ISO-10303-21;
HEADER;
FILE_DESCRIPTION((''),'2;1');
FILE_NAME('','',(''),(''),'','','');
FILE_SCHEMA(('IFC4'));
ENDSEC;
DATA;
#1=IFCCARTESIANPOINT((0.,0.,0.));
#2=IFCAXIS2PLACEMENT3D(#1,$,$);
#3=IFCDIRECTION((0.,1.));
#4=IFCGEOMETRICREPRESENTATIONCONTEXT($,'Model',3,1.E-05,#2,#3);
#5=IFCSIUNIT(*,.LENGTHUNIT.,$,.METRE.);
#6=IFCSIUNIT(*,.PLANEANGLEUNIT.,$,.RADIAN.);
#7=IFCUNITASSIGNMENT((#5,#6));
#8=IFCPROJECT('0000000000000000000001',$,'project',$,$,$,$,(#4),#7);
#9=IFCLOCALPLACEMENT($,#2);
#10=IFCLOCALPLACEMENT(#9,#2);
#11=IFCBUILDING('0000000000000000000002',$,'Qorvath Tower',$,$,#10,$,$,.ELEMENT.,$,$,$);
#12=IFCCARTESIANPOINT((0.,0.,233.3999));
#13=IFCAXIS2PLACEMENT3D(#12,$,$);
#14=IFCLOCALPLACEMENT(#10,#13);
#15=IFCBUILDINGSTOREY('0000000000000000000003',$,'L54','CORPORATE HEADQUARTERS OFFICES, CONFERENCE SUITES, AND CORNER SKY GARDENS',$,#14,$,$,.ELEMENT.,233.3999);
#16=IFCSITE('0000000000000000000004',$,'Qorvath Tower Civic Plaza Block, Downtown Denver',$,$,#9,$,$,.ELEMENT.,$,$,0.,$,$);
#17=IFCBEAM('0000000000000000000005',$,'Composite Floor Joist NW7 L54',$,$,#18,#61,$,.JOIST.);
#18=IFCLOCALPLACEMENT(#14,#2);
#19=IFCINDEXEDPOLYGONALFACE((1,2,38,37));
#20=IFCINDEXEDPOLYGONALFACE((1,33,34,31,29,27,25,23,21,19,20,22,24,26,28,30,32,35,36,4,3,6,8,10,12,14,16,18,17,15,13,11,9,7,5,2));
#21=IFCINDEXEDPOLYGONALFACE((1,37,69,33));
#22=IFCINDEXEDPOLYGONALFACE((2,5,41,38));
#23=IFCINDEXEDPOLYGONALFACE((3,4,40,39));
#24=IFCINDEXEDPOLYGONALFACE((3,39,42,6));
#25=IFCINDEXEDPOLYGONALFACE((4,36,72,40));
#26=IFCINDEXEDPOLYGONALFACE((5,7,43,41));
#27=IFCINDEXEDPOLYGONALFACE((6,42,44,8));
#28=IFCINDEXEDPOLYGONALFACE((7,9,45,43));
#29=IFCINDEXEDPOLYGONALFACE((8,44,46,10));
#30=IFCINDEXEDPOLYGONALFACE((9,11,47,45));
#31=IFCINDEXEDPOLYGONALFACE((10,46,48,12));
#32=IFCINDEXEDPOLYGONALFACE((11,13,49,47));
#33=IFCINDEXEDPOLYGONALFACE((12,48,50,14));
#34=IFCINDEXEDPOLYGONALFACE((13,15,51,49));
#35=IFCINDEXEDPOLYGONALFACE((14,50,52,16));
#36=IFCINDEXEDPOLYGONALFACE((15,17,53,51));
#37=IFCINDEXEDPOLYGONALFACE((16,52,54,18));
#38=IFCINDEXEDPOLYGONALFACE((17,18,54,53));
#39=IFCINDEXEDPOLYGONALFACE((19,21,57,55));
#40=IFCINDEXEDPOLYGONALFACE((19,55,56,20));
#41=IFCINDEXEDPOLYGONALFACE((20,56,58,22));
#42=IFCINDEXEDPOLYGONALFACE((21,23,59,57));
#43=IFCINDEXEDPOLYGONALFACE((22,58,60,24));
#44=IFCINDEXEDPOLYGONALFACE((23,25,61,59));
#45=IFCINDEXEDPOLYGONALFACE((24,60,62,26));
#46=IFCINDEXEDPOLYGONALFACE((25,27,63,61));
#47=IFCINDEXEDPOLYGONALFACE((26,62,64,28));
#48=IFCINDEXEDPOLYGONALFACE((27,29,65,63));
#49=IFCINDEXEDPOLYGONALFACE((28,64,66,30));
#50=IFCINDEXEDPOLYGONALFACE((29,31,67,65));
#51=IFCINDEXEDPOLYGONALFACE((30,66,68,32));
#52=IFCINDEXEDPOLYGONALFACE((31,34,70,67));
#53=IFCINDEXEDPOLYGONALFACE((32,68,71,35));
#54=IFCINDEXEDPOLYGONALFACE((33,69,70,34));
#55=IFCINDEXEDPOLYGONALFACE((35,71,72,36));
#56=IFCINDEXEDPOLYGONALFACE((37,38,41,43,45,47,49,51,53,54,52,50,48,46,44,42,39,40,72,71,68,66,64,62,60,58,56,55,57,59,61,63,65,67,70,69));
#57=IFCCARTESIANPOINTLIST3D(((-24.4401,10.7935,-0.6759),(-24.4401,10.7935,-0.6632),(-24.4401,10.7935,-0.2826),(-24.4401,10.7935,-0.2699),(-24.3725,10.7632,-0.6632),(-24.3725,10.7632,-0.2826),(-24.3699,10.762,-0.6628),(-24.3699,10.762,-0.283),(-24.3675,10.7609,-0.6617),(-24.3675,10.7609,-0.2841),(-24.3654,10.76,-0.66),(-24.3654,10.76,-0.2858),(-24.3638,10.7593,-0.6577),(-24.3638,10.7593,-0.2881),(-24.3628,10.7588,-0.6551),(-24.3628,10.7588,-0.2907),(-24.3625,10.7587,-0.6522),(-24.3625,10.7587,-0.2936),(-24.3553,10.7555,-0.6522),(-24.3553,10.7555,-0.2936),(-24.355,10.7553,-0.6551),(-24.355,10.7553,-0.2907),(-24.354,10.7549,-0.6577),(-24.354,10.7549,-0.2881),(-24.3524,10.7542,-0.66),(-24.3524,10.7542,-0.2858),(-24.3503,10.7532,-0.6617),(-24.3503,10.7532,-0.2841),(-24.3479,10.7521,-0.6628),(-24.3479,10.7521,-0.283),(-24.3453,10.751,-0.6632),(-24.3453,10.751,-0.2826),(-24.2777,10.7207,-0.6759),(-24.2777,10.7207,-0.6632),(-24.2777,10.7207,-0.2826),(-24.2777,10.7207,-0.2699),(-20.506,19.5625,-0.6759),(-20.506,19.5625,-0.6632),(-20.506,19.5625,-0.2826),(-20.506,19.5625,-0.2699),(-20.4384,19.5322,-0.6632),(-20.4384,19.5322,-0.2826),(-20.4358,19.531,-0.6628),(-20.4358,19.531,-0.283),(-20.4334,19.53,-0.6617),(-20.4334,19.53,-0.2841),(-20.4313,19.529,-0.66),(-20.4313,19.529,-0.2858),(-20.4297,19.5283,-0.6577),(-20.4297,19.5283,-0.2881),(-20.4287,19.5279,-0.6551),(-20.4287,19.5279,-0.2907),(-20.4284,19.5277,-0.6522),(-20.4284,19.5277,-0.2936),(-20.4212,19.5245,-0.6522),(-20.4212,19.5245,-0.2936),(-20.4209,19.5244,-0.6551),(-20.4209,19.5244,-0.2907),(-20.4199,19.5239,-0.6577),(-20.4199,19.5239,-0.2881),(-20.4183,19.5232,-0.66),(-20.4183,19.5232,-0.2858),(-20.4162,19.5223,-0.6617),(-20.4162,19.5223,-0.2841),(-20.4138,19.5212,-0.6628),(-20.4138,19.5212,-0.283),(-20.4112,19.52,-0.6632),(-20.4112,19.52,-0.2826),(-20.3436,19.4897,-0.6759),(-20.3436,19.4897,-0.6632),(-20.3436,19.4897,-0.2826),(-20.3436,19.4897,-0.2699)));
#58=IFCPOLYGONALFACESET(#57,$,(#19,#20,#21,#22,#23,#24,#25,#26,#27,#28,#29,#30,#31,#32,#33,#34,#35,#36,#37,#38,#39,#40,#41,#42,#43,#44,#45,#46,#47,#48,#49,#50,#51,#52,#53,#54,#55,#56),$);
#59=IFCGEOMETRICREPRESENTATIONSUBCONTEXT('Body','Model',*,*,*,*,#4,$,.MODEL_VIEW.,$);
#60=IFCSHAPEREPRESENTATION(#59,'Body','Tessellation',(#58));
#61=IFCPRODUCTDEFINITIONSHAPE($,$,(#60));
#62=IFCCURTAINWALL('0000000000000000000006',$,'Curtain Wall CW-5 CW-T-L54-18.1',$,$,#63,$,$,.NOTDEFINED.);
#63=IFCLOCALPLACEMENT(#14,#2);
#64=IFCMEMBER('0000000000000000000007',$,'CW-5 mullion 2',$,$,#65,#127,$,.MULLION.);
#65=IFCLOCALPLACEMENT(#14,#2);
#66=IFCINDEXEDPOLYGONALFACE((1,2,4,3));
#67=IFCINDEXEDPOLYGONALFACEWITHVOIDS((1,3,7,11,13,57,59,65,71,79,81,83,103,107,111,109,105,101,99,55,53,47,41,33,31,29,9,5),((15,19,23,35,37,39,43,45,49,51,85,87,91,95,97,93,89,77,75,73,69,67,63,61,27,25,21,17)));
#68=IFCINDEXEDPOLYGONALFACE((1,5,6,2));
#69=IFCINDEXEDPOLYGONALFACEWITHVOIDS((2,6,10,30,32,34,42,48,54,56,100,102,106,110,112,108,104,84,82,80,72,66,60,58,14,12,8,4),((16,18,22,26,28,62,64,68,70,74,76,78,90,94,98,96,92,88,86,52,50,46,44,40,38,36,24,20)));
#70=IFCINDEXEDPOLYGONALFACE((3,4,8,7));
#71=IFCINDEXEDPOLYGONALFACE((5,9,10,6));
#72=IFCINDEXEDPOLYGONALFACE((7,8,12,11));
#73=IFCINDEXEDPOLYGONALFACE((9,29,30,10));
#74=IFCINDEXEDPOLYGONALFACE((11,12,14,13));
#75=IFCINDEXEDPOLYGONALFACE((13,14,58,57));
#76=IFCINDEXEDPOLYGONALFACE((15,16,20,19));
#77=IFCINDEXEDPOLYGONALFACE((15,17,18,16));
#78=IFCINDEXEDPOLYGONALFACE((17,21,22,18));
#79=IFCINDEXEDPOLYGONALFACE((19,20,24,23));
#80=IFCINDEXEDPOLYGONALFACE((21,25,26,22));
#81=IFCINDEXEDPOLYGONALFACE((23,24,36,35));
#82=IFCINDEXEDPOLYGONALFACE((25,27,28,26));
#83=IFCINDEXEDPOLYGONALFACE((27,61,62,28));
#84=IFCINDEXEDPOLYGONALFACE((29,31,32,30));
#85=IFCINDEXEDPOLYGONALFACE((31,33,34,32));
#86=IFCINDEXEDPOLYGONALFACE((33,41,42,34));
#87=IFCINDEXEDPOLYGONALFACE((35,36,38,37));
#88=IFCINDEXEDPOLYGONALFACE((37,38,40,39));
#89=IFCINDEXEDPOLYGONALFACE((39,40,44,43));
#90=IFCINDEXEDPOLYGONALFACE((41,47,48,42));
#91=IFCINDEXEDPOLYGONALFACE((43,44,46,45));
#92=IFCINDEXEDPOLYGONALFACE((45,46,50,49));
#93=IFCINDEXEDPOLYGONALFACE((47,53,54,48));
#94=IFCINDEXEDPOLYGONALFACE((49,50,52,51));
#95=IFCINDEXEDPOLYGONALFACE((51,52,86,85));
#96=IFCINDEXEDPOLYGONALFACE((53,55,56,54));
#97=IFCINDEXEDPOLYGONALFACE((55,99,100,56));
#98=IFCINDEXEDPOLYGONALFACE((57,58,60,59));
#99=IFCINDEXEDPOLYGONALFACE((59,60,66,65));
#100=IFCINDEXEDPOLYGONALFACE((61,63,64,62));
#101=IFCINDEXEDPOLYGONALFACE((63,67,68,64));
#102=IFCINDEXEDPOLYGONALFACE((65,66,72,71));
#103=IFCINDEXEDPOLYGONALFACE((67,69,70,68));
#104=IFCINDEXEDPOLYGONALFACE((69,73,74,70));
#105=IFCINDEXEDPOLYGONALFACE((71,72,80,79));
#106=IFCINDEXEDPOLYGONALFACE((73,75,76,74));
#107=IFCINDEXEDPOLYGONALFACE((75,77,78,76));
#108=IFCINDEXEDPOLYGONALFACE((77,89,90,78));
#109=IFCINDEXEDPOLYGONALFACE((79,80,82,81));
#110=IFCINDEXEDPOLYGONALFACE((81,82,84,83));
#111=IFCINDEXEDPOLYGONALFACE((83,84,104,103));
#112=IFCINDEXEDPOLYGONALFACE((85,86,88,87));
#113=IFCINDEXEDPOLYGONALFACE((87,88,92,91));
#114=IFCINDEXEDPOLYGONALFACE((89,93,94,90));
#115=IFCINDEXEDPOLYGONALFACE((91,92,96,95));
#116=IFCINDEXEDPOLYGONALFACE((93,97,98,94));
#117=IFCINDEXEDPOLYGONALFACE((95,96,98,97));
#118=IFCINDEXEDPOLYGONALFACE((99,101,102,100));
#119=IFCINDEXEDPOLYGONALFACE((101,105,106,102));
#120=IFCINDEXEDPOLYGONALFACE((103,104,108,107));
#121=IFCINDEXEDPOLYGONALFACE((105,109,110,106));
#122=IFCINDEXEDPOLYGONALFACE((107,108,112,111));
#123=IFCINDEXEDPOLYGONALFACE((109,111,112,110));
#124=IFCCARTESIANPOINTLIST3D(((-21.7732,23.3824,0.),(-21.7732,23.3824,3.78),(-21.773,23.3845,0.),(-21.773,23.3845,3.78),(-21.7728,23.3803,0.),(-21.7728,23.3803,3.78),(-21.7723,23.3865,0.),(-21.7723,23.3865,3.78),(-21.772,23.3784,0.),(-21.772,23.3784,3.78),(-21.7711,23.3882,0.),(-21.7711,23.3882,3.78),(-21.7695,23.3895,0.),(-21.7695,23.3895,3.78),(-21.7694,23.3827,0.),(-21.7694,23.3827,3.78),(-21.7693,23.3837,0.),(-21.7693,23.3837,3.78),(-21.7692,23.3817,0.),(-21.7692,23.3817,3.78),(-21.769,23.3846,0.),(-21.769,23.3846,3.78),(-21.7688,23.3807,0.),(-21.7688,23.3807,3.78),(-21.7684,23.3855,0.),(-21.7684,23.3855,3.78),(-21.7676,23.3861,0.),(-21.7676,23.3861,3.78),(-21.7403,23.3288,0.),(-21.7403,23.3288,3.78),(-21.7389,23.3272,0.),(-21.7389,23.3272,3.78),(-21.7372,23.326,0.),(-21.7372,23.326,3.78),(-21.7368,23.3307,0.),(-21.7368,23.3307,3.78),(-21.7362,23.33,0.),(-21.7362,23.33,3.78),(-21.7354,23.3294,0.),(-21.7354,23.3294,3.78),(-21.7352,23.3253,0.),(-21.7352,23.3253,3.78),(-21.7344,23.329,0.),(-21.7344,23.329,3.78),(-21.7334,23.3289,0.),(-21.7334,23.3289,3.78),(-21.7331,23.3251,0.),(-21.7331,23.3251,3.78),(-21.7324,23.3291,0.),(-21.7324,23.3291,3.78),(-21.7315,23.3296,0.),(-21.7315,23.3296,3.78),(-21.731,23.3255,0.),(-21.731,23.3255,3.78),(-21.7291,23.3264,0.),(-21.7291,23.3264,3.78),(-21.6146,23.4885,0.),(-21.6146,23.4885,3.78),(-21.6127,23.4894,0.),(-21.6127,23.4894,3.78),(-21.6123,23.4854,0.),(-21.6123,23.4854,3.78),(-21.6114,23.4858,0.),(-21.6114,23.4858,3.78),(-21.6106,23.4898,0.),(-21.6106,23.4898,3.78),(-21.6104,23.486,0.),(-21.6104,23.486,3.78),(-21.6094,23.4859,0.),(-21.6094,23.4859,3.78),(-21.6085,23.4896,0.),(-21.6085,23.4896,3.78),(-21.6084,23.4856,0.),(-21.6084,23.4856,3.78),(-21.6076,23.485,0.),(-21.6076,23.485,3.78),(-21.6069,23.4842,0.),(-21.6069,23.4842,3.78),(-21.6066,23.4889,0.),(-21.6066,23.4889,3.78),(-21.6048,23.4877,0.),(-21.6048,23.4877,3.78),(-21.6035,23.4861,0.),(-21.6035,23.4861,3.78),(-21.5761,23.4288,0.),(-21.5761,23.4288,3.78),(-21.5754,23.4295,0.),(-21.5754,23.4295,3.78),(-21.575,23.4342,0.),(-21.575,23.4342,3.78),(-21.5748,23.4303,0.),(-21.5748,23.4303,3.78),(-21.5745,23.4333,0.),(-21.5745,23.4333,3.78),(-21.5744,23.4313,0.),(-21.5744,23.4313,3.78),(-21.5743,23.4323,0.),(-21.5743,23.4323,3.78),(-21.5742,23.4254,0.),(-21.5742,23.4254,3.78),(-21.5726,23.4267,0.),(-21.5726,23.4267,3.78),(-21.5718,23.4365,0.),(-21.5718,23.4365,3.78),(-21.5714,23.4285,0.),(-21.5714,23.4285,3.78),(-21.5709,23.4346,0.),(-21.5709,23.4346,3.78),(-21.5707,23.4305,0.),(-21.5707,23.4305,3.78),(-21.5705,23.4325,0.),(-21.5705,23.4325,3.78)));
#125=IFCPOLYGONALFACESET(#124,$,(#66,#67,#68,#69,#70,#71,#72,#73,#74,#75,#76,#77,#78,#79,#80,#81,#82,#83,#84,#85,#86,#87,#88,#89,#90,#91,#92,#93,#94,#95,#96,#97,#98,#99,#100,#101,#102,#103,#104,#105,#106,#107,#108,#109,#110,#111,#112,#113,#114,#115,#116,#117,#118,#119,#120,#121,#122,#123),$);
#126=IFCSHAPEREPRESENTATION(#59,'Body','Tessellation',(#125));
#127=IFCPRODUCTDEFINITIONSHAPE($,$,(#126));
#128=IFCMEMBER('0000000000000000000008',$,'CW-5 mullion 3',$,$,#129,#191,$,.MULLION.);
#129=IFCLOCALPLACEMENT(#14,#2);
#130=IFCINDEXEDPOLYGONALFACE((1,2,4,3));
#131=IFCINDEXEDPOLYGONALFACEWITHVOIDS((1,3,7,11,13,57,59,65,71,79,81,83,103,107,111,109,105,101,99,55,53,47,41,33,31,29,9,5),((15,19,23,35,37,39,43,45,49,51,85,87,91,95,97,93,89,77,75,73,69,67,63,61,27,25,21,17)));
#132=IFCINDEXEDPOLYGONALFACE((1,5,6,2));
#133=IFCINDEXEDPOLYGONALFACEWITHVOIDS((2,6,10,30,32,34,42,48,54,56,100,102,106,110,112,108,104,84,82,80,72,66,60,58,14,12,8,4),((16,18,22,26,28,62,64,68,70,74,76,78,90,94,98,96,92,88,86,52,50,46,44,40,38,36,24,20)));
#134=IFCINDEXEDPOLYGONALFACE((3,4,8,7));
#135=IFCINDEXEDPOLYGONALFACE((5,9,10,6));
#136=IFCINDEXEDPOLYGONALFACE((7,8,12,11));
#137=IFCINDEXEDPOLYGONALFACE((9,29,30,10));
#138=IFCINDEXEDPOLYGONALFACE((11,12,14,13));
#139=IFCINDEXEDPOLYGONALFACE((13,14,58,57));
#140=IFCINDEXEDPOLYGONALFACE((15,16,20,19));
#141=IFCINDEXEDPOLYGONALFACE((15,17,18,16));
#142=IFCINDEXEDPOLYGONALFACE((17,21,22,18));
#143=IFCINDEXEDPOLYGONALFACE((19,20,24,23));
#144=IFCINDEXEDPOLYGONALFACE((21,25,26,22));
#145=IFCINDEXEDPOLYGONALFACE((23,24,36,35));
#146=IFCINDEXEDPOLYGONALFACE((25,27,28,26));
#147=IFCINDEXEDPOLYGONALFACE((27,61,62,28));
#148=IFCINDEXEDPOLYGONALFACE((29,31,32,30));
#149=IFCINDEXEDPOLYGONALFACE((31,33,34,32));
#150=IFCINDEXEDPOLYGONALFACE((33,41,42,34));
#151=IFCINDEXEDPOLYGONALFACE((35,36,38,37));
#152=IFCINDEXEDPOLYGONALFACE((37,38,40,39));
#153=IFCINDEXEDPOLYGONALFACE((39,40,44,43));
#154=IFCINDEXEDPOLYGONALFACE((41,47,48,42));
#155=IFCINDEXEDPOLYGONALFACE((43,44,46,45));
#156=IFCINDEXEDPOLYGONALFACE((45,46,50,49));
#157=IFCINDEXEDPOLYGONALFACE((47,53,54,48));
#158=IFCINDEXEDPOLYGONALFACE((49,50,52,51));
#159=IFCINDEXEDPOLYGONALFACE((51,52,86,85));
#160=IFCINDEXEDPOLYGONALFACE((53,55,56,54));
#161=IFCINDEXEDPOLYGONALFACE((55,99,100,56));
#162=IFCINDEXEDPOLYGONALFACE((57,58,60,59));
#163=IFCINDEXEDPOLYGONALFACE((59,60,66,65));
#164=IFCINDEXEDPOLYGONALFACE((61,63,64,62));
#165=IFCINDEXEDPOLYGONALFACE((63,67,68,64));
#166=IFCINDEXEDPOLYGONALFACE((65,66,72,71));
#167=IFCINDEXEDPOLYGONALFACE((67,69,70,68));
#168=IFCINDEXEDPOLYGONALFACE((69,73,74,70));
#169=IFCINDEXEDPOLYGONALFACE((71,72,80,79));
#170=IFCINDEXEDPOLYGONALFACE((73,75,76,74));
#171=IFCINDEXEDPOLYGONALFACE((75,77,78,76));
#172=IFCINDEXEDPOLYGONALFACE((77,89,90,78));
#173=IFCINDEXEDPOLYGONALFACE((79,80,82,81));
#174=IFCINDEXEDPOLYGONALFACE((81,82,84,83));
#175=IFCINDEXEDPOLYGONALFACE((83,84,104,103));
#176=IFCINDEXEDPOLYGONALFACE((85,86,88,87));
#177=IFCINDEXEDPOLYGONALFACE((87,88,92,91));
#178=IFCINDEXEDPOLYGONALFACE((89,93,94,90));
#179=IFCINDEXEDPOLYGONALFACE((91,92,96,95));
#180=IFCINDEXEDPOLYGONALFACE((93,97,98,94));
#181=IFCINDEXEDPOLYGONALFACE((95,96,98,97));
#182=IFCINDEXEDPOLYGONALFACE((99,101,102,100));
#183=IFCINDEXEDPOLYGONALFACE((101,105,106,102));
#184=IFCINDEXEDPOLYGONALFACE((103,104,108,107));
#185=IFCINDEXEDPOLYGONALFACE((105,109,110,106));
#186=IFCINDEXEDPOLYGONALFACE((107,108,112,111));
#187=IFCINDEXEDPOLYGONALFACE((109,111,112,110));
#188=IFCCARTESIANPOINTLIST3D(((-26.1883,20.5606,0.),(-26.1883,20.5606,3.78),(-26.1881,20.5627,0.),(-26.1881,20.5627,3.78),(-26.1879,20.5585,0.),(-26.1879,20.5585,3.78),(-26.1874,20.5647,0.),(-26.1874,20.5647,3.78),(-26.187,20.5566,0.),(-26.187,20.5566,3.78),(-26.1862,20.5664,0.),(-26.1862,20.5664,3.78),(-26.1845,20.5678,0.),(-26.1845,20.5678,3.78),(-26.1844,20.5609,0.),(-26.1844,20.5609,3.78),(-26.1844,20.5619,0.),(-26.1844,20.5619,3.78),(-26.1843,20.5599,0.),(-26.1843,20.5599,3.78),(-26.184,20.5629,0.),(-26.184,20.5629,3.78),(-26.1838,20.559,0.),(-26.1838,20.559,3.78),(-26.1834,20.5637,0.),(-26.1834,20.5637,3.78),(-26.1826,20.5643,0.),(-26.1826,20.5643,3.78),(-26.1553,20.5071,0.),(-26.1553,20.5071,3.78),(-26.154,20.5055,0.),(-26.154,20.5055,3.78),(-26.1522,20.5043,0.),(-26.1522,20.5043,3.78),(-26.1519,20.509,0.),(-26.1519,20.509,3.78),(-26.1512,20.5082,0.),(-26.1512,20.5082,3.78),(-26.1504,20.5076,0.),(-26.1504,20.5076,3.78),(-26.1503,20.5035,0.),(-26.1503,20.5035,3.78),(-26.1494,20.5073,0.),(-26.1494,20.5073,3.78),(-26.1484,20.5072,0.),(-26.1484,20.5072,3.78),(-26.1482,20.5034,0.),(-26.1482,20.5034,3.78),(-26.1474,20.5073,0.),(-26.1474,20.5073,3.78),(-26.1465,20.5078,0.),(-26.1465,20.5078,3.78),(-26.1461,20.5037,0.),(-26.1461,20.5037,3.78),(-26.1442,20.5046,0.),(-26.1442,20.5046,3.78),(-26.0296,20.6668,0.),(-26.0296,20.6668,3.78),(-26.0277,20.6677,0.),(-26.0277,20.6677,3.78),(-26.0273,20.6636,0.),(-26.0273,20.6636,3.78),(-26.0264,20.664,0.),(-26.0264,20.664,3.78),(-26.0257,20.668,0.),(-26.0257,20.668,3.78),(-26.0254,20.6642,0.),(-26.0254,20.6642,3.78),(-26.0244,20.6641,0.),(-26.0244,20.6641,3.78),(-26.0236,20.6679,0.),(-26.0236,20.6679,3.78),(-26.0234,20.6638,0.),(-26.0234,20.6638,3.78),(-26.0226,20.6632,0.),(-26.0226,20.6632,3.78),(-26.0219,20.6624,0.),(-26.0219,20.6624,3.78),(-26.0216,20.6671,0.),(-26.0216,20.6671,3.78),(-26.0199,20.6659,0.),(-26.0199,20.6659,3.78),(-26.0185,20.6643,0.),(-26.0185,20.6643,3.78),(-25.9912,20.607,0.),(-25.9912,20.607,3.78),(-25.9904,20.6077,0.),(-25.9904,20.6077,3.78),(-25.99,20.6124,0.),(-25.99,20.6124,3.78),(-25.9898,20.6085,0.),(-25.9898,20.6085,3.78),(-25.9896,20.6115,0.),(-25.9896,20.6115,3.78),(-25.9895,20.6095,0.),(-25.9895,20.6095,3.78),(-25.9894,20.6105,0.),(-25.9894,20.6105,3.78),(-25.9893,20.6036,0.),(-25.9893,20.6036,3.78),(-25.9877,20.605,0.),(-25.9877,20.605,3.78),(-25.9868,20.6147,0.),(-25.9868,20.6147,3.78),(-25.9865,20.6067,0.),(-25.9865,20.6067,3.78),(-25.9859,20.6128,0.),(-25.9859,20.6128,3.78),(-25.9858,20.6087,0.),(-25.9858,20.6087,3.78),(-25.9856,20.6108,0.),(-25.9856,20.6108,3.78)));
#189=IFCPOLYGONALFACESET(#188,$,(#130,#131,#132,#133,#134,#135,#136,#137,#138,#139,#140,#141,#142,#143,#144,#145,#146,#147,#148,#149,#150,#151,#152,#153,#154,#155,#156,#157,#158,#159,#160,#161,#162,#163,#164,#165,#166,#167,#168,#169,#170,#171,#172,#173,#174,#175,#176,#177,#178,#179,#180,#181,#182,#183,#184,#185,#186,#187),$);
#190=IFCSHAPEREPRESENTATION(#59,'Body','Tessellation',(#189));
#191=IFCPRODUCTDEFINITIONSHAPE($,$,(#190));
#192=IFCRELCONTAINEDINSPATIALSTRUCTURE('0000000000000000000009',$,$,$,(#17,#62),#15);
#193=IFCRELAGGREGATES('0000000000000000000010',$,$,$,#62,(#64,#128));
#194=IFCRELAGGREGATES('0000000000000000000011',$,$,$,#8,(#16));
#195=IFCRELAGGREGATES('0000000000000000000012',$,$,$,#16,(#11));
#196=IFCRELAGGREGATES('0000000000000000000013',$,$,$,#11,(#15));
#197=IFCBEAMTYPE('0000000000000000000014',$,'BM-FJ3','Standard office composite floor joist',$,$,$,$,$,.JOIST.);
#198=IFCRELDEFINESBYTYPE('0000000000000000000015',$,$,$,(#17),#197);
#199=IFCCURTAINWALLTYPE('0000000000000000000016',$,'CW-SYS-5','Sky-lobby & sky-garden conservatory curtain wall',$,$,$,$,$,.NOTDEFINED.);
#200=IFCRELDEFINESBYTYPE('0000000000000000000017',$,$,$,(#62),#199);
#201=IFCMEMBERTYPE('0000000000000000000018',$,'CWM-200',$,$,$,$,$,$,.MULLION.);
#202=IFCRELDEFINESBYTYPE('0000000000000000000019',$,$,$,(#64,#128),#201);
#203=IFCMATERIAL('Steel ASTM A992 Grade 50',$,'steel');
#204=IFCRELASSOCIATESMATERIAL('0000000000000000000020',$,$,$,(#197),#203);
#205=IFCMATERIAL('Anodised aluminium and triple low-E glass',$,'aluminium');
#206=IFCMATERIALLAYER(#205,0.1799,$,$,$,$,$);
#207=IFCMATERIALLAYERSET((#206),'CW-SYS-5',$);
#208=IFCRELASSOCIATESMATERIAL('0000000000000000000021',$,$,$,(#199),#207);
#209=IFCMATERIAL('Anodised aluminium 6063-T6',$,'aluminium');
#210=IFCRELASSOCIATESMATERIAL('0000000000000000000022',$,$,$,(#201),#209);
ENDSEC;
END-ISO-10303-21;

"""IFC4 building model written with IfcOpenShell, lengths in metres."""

from ifc_helpers import new_model, si_unit, direction, frame, origin, origin_2d, place, context, subcontext, project, spatial, hollow_rectangle, i_section, extrude, material, layer, layer_set, material_profile, profile_set, type_object, element, aggregate, save


model = new_model("IFC4")

# Units and contexts
model_context = context("Model", 3, precision=1e-05, world=origin(), true_north=direction((0.0, 1.0)))
body_context = subcontext(model_context, "Body", "Model", "MODEL_VIEW")
ifc_project = project(units=[si_unit("LENGTHUNIT", "METRE"), si_unit("PLANEANGLEUNIT", "RADIAN")], contexts=[model_context])

# Site, building, storey
site_placement = place(None, origin())
site = spatial("IfcSite", under=ifc_project, at=site_placement, Name="Qorvath Tower Civic Plaza Block, Downtown Denver", CompositionType="ELEMENT", RefElevation=0.0)
building_placement = place(site_placement, origin())
building = spatial("IfcBuilding", under=site, at=building_placement, Name="Qorvath Tower", CompositionType="ELEMENT")
storey_placement = place(building_placement, frame((0.0, 0.0, 233.3999)))
storey = spatial("IfcBuildingStorey", under=building, at=storey_placement, Name="L54", Description="CORPORATE HEADQUARTERS OFFICES, CONFERENCE SUITES, AND CORNER SKY GARDENS", CompositionType="ELEMENT", Elevation=233.3999)

# Beam
ifc_material_1 = material(Name="Steel ASTM A992 Grade 50", Category="steel")
ifc_material_profile_1 = material_profile(ifc_material_1, i_section(OverallWidth=0.178, OverallDepth=0.406, WebThickness=0.0078, FlangeThickness=0.0127, FilletRadius=0.011, at=origin_2d()), Name="W16x40")
ifc_profile_set_1 = profile_set([ifc_material_profile_1], Name="Steel ASTM A992 Grade 50")
beam_type_1 = type_object("IfcBeamType", Name="BM-FJ3", Description="Standard office composite floor joist", PredefinedType="JOIST", material=ifc_profile_set_1)
beam_1_placement = place(storey_placement, frame((-24.3589, 10.7571, -0.4729), z_axis=(0.409327, 0.912388, 0.0), x_axis=(-0.912388, 0.409327, 0.0)))
element("IfcBeam", 1, at=beam_1_placement, inside=storey, type_object=beam_type_1, Name="Composite Floor Joist NW7 L54", PredefinedType="JOIST", context=body_context, shape_type="SweptSolid", body=[
    extrude(i_section(OverallWidth=0.178, OverallDepth=0.406, WebThickness=0.0078, FlangeThickness=0.0127, FilletRadius=0.011, at=origin_2d()), origin(), (0.0, 0.0, 1.0), 9.6111),
])

# Curtain wall, members
ifc_material_2 = material(Name="Anodised aluminium and triple low-E glass", Category="aluminium")
ifc_layer_1 = layer(ifc_material_2, 0.1799)
ifc_layer_set_1 = layer_set([ifc_layer_1], Name="CW-SYS-5")
curtain_wall_type = type_object("IfcCurtainWallType", Name="CW-SYS-5", Description="Sky-lobby & sky-garden conservatory curtain wall", PredefinedType="NOTDEFINED", material=ifc_layer_set_1)
curtain_wall_placement = place(storey_placement, origin())
curtain_wall = element("IfcCurtainWall", 2, at=curtain_wall_placement, inside=storey, type_object=curtain_wall_type, Name="Curtain Wall CW-5 CW-T-L54-18.1", PredefinedType="NOTDEFINED")
ifc_material_3 = material(Name="Anodised aluminium 6063-T6", Category="aluminium")
ifc_material_profile_2 = material_profile(ifc_material_3, hollow_rectangle(XDim=0.075, YDim=0.2, WallThickness=0.0039, InnerFilletRadius=0.0039, OuterFilletRadius=0.0081, at=origin_2d()), Name="CWM 200x75")
ifc_profile_set_2 = profile_set([ifc_material_profile_2], Name="Anodised aluminium 6063-T6")
member_type_1 = type_object("IfcMemberType", Name="CWM-200", PredefinedType="MULLION", material=ifc_profile_set_2)
member_1_placement = place(storey_placement, frame((-21.6719, 23.4075, 0.0), z_axis=(0.0, 0.0, 1.0), x_axis=(0.538528, -0.842607, 0.0)))
member_1 = element("IfcMember", 3, at=member_1_placement, type_object=member_type_1, Name="CW-5 mullion 2", PredefinedType="MULLION", context=body_context, shape_type="SweptSolid", body=[
    extrude(hollow_rectangle(XDim=0.075, YDim=0.2, WallThickness=0.0039, InnerFilletRadius=0.0039, OuterFilletRadius=0.0081, at=origin_2d()), origin(), (0.0, 0.0, 1.0), 3.78),
])
member_2_placement = place(storey_placement, frame((-26.0869, 20.5857, 0.0), z_axis=(0.0, 0.0, 1.0), x_axis=(0.538528, -0.842607, 0.0)))
member_2 = element("IfcMember", 4, at=member_2_placement, type_object=member_type_1, Name="CW-5 mullion 3", PredefinedType="MULLION", context=body_context, shape_type="SweptSolid", body=[
    extrude(hollow_rectangle(XDim=0.075, YDim=0.2, WallThickness=0.0039, InnerFilletRadius=0.0039, OuterFilletRadius=0.0081, at=origin_2d()), origin(), (0.0, 0.0, 1.0), 3.78),
])
aggregate(curtain_wall, [member_1, member_2])

save(model, "model.ifc")
